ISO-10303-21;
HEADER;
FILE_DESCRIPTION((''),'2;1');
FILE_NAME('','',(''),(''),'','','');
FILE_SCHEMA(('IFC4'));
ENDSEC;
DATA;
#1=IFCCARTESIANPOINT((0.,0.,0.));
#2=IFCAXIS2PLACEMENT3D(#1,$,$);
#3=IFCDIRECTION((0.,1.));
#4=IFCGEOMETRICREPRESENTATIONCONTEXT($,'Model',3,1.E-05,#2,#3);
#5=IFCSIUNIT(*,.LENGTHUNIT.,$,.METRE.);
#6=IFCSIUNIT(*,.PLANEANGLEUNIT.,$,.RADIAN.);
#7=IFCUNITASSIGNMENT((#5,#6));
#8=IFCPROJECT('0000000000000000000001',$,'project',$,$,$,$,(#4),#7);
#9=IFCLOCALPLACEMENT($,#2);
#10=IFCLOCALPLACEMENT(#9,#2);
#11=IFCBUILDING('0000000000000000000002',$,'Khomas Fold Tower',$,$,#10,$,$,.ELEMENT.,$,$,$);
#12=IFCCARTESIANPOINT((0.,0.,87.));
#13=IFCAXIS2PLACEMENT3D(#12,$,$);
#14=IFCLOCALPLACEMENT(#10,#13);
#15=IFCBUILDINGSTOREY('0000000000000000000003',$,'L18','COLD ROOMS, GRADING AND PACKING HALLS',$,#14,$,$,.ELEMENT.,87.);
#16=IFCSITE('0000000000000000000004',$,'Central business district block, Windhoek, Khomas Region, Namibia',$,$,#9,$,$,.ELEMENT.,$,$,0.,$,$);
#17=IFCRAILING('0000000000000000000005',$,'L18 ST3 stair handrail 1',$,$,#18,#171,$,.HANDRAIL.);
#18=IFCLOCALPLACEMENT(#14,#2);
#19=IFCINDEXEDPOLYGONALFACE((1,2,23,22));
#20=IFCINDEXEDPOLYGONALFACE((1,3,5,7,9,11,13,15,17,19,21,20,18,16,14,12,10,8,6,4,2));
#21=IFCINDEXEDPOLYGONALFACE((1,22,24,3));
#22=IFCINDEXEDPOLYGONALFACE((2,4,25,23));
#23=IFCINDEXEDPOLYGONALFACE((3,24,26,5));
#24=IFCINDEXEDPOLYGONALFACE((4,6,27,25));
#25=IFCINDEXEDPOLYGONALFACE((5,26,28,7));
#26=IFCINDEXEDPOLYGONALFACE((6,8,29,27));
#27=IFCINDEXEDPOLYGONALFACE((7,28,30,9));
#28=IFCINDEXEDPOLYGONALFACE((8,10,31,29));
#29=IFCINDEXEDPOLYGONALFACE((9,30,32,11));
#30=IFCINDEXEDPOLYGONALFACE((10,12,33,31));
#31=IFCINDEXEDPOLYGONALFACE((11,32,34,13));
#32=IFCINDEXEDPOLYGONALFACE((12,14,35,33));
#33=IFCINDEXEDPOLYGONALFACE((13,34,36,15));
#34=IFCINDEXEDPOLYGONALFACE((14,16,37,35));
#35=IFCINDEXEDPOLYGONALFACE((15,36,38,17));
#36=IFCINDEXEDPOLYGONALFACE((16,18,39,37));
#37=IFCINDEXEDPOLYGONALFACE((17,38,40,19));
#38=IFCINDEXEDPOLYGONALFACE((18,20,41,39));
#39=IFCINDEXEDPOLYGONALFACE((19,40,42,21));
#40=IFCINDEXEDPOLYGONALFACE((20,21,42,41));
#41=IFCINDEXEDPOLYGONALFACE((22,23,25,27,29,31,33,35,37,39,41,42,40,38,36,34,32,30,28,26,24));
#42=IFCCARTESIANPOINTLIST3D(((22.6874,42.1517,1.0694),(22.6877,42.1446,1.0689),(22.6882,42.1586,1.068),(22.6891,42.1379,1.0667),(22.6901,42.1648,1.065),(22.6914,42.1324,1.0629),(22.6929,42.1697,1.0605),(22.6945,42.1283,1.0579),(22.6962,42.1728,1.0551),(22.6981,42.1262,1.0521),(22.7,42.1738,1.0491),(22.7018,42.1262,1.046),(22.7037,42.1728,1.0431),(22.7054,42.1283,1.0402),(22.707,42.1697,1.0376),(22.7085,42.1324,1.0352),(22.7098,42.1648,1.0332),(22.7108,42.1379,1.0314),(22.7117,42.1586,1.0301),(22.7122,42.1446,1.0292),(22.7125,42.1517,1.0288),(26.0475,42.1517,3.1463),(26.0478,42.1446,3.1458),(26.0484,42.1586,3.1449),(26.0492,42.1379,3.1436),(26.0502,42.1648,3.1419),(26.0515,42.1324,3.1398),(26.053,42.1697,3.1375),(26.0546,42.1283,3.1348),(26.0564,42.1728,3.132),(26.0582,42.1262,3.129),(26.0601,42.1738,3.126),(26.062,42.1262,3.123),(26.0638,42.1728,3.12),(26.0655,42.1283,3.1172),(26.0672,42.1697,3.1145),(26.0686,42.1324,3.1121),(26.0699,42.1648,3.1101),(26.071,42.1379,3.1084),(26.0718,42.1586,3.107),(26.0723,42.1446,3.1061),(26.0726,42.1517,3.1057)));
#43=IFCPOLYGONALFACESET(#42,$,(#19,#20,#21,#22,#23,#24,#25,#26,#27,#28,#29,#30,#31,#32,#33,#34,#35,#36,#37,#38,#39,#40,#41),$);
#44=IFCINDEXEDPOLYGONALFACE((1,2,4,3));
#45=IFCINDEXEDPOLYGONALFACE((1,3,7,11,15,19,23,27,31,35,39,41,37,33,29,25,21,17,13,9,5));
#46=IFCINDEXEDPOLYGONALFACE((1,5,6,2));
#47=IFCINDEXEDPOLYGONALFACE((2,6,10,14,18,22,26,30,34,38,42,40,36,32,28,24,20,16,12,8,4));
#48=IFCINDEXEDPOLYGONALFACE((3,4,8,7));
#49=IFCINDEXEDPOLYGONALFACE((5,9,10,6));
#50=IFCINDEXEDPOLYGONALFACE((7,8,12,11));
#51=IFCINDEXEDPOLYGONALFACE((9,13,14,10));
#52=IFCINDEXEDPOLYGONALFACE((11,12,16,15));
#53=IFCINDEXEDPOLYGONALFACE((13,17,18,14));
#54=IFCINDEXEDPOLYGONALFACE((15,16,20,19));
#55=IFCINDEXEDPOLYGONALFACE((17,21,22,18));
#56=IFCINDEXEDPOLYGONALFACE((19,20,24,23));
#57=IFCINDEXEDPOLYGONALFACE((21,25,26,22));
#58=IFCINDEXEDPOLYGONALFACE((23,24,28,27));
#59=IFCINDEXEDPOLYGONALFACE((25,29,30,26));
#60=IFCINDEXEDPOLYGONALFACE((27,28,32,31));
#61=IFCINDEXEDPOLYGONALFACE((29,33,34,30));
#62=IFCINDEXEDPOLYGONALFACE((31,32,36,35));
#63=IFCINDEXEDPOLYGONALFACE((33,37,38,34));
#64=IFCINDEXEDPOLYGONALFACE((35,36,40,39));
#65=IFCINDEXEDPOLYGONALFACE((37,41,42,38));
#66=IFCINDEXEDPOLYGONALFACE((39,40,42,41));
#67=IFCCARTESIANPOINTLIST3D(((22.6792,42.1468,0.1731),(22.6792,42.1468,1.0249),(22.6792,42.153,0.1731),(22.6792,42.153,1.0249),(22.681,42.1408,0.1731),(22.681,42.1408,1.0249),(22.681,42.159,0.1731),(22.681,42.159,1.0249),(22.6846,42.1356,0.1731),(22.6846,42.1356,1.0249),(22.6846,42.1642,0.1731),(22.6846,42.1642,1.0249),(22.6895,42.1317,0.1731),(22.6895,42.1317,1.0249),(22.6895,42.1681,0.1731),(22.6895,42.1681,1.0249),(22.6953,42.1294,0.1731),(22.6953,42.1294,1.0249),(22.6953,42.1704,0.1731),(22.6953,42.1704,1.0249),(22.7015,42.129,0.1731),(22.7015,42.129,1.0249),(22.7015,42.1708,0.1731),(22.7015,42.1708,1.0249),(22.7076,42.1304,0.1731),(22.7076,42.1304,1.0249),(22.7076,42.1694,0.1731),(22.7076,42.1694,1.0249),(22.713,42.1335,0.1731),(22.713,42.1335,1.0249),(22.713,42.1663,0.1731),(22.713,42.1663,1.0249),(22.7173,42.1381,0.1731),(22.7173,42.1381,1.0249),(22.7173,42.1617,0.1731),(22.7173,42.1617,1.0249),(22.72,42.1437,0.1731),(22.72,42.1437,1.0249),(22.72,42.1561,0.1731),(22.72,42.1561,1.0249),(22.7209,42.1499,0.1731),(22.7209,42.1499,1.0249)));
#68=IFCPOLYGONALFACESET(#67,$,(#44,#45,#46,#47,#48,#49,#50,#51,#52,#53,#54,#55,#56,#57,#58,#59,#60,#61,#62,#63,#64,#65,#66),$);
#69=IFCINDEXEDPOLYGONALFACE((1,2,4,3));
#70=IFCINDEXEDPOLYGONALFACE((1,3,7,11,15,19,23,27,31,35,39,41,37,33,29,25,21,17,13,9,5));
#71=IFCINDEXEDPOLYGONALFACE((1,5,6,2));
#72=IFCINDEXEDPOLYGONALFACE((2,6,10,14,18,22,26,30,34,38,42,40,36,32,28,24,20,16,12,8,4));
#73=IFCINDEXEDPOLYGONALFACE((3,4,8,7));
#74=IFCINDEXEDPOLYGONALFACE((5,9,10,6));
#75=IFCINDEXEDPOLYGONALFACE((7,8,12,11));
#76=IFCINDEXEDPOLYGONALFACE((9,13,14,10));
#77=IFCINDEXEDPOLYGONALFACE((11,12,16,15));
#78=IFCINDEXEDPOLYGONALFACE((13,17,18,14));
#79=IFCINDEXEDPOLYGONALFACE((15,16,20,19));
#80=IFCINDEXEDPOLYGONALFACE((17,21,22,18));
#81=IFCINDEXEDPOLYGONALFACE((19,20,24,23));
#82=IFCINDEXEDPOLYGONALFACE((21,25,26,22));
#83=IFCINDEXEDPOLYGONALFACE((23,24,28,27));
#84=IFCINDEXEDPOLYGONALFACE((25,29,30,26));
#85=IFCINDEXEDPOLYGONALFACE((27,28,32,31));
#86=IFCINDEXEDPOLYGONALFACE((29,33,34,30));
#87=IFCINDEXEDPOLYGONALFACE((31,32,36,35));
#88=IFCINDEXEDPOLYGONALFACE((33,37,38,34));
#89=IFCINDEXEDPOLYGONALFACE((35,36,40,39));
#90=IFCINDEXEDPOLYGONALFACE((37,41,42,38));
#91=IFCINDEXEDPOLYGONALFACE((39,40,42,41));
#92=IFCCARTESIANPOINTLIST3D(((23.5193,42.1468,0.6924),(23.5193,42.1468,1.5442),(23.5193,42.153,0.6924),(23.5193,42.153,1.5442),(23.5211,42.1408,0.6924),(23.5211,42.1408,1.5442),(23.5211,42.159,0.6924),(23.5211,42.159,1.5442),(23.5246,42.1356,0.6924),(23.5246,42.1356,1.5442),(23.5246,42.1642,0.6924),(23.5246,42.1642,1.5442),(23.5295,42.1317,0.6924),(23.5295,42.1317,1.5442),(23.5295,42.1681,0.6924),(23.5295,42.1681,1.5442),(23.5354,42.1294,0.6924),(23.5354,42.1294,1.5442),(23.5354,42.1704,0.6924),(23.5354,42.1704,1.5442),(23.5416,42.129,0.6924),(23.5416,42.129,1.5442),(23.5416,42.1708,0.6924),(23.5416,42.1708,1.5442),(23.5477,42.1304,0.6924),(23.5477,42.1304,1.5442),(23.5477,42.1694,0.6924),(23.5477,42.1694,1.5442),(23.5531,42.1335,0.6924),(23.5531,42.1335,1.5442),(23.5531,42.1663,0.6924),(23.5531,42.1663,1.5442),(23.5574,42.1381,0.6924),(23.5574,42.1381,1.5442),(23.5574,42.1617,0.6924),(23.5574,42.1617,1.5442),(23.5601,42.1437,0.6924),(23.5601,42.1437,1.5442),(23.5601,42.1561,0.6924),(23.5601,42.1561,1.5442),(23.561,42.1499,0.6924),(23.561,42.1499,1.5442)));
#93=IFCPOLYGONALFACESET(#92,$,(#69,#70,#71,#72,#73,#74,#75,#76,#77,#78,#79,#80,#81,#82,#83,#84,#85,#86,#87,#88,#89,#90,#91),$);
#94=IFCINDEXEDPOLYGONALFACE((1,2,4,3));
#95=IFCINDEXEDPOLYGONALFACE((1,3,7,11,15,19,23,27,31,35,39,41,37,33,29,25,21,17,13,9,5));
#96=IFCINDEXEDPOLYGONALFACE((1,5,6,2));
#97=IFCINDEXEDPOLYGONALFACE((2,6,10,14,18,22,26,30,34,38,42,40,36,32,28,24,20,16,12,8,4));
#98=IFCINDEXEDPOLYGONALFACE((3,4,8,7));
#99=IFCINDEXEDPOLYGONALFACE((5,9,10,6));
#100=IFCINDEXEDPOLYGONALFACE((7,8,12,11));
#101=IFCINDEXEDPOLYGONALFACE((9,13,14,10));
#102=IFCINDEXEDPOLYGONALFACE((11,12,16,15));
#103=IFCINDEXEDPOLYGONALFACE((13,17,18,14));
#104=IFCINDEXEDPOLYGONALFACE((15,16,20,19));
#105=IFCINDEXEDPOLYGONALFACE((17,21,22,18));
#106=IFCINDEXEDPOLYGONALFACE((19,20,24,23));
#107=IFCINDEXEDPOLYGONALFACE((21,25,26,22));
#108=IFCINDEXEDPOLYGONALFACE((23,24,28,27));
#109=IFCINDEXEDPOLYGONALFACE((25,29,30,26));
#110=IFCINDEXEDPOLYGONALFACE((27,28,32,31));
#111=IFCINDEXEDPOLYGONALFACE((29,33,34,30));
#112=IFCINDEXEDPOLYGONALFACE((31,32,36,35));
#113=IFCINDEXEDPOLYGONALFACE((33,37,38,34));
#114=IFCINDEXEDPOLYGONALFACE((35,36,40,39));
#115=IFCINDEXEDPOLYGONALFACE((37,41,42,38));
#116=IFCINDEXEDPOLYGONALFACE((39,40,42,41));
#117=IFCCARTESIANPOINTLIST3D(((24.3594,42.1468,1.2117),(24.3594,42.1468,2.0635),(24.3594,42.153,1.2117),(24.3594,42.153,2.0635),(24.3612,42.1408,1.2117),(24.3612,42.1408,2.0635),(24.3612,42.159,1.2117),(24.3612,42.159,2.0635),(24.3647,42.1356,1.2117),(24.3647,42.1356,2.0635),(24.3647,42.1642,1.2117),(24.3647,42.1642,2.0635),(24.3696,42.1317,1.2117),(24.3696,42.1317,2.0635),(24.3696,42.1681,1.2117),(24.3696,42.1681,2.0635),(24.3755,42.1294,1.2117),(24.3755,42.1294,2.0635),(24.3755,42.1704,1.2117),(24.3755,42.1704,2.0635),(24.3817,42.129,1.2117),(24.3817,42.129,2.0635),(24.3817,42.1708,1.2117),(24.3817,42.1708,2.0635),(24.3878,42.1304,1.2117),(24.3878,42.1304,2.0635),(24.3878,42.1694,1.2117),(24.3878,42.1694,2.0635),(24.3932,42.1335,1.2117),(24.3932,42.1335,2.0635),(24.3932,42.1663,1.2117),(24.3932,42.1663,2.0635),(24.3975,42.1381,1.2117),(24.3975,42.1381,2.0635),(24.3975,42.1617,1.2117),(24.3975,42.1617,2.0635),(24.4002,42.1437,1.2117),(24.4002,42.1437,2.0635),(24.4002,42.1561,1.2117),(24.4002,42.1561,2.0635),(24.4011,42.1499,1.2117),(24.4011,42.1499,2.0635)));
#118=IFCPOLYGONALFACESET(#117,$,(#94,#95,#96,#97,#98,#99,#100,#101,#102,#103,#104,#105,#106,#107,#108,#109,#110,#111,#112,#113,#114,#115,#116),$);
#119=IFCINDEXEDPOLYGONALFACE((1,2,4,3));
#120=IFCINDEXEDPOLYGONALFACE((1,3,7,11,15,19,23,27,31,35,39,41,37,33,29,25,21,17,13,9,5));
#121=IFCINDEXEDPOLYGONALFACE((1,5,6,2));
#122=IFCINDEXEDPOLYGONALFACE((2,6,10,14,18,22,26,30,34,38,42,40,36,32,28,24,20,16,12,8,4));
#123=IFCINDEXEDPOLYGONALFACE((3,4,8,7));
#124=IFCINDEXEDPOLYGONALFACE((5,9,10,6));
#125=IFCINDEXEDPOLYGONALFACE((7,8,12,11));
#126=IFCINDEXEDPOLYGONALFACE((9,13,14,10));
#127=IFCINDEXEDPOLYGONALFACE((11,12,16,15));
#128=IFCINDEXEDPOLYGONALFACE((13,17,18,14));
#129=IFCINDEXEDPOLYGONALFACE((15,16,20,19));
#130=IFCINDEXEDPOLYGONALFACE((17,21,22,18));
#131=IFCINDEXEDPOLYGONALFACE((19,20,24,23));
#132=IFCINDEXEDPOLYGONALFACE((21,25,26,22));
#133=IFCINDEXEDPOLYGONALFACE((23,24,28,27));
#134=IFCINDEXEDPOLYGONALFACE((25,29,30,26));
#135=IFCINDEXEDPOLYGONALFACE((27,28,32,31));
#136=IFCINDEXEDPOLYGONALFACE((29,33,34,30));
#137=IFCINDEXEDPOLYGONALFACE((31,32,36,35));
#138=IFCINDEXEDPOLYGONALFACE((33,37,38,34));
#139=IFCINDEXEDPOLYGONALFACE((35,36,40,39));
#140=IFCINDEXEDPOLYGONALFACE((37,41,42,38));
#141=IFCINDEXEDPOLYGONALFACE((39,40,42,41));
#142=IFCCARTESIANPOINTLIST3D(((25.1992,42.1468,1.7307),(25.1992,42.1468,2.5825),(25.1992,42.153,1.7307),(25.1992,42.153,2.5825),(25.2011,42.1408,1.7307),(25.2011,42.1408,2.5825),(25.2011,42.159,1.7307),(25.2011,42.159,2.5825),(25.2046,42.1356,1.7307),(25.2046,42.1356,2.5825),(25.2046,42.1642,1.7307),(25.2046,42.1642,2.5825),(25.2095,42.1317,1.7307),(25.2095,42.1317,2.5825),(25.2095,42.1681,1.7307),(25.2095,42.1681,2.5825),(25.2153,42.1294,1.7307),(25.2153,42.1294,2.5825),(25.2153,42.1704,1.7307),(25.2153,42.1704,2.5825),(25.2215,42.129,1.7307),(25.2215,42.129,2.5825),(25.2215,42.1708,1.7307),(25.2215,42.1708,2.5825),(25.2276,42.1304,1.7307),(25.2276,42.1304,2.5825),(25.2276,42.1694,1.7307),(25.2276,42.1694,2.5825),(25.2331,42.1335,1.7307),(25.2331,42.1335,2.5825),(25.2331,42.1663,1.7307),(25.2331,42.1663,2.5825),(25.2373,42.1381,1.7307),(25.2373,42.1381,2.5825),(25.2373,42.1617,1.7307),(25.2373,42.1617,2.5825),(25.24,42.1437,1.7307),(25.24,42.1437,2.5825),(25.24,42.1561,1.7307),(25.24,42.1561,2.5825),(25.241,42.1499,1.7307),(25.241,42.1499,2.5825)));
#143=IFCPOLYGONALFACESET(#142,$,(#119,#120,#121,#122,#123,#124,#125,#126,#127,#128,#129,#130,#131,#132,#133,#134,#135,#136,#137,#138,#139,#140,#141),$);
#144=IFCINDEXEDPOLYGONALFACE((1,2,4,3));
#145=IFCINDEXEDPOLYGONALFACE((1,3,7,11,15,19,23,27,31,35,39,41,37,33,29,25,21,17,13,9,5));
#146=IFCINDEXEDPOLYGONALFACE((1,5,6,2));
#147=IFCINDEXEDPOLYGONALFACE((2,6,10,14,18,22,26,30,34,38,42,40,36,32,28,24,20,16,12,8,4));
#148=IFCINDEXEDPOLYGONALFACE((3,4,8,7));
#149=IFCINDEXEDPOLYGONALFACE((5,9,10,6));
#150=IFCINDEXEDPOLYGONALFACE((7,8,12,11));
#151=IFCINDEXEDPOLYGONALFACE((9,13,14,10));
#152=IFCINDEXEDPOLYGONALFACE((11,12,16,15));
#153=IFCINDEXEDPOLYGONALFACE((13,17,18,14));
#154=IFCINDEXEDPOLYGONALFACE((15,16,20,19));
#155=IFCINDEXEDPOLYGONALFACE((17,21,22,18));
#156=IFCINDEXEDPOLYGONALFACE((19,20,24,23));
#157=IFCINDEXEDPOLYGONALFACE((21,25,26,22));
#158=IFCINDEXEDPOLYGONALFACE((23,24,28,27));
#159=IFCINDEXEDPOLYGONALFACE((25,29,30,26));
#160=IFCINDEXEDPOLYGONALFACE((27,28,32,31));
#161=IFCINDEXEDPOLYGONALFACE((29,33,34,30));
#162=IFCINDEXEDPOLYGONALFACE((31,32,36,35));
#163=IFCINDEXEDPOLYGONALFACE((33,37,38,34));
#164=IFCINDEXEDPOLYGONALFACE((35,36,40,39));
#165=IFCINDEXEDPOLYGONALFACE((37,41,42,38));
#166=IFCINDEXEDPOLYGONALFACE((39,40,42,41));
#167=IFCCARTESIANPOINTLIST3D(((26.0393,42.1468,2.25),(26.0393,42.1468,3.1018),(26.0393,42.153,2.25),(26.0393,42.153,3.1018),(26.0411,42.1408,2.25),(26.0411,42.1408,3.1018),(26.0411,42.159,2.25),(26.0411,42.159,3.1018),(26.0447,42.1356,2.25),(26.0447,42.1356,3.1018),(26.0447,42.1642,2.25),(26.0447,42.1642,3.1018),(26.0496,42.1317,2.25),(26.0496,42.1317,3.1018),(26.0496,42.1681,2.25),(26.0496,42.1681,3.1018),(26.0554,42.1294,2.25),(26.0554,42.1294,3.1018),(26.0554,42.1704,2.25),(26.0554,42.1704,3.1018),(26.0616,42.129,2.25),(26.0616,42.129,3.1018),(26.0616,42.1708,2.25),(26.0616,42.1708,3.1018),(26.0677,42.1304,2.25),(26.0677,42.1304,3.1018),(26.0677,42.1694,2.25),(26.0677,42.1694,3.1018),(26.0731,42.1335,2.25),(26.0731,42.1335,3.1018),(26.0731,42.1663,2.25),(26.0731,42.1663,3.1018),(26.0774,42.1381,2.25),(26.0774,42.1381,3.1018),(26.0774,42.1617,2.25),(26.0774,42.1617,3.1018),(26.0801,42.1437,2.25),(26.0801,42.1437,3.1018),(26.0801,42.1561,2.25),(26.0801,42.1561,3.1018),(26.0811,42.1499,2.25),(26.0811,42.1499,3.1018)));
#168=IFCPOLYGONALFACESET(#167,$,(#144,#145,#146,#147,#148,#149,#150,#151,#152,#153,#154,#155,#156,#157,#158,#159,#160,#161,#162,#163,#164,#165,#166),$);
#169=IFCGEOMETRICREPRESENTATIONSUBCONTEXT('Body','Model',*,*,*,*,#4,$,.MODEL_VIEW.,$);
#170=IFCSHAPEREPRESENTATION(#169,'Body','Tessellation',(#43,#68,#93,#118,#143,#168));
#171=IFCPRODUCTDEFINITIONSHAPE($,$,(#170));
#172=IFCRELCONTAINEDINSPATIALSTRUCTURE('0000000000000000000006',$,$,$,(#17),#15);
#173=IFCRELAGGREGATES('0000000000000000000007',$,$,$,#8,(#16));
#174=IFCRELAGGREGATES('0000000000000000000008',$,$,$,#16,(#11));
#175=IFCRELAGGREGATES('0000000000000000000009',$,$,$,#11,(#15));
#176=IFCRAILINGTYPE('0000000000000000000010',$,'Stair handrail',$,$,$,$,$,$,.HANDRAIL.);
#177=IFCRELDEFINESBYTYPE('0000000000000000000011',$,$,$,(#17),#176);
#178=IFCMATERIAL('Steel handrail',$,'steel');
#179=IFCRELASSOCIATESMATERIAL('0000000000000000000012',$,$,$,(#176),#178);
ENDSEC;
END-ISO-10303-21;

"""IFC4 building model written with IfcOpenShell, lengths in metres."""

from ifc_helpers import new_model, si_unit, direction, frame, origin, origin_2d, place, context, subcontext, project, spatial, circle, extrude, source, transform, mapped, material, type_object, element, save


model = new_model("IFC4")

# Units and contexts
model_context = context("Model", 3, precision=1e-05, world=origin(), true_north=direction((0.0, 1.0)))
body_context = subcontext(model_context, "Body", "Model", "MODEL_VIEW")
ifc_project = project(units=[si_unit("LENGTHUNIT", "METRE"), si_unit("PLANEANGLEUNIT", "RADIAN")], contexts=[model_context])

# Site, building, storey
site_placement = place(None, origin())
site = spatial("IfcSite", under=ifc_project, at=site_placement, Name="Central business district block, Windhoek, Khomas Region, Namibia", CompositionType="ELEMENT", RefElevation=0.0)
building_placement = place(site_placement, origin())
building = spatial("IfcBuilding", under=site, at=building_placement, Name="Khomas Fold Tower", CompositionType="ELEMENT")
storey_placement = place(building_placement, frame((0.0, 0.0, 87.0)))
storey = spatial("IfcBuildingStorey", under=building, at=storey_placement, Name="L18", Description="COLD ROOMS, GRADING AND PACKING HALLS", CompositionType="ELEMENT", Elevation=87.0)

# Railing
ifc_material_1 = material(Name="Steel handrail", Category="steel")
railing_type_1 = type_object("IfcRailingType", Name="Stair handrail", PredefinedType="HANDRAIL", material=ifc_material_1)
shared_shape_1 = source(origin(), body_context, "Body", "SweptSolid", [
    extrude(circle(Radius=0.0239, at=origin_2d()), frame((0.0, 0.0, 0.876), z_axis=(0.850623, 0.0, 0.525776), x_axis=(0.0, 1.0, 0.0)), (0.0, 0.0, 1.0), 3.9502),
    extrude(circle(Radius=0.021, at=origin_2d()), origin(), (0.0, 0.0, 1.0), 0.8518),
    extrude(circle(Radius=0.021, at=origin_2d()), frame((0.8401, 0.0, 0.5193)), (0.0, 0.0, 1.0), 0.8518),
    extrude(circle(Radius=0.021, at=origin_2d()), frame((1.6802, 0.0, 1.0386)), (0.0, 0.0, 1.0), 0.8518),
    extrude(circle(Radius=0.021, at=origin_2d()), frame((2.52, 0.0, 1.5576)), (0.0, 0.0, 1.0), 0.8518),
    extrude(circle(Radius=0.021, at=origin_2d()), frame((3.3601, 0.0, 2.0769)), (0.0, 0.0, 1.0), 0.8518),
])
railing_1_placement = place(storey_placement, frame((22.7, 42.1499, 0.1731)))
element("IfcRailing", 1, at=railing_1_placement, inside=storey, type_object=railing_type_1, Name="L18 ST3 stair handrail 1", PredefinedType="HANDRAIL", context=body_context, shape_type="MappedRepresentation", body=[
    mapped(shared_shape_1, transform((0.0, 0.0, 0.0))),
])

save(model, "model.ifc")
